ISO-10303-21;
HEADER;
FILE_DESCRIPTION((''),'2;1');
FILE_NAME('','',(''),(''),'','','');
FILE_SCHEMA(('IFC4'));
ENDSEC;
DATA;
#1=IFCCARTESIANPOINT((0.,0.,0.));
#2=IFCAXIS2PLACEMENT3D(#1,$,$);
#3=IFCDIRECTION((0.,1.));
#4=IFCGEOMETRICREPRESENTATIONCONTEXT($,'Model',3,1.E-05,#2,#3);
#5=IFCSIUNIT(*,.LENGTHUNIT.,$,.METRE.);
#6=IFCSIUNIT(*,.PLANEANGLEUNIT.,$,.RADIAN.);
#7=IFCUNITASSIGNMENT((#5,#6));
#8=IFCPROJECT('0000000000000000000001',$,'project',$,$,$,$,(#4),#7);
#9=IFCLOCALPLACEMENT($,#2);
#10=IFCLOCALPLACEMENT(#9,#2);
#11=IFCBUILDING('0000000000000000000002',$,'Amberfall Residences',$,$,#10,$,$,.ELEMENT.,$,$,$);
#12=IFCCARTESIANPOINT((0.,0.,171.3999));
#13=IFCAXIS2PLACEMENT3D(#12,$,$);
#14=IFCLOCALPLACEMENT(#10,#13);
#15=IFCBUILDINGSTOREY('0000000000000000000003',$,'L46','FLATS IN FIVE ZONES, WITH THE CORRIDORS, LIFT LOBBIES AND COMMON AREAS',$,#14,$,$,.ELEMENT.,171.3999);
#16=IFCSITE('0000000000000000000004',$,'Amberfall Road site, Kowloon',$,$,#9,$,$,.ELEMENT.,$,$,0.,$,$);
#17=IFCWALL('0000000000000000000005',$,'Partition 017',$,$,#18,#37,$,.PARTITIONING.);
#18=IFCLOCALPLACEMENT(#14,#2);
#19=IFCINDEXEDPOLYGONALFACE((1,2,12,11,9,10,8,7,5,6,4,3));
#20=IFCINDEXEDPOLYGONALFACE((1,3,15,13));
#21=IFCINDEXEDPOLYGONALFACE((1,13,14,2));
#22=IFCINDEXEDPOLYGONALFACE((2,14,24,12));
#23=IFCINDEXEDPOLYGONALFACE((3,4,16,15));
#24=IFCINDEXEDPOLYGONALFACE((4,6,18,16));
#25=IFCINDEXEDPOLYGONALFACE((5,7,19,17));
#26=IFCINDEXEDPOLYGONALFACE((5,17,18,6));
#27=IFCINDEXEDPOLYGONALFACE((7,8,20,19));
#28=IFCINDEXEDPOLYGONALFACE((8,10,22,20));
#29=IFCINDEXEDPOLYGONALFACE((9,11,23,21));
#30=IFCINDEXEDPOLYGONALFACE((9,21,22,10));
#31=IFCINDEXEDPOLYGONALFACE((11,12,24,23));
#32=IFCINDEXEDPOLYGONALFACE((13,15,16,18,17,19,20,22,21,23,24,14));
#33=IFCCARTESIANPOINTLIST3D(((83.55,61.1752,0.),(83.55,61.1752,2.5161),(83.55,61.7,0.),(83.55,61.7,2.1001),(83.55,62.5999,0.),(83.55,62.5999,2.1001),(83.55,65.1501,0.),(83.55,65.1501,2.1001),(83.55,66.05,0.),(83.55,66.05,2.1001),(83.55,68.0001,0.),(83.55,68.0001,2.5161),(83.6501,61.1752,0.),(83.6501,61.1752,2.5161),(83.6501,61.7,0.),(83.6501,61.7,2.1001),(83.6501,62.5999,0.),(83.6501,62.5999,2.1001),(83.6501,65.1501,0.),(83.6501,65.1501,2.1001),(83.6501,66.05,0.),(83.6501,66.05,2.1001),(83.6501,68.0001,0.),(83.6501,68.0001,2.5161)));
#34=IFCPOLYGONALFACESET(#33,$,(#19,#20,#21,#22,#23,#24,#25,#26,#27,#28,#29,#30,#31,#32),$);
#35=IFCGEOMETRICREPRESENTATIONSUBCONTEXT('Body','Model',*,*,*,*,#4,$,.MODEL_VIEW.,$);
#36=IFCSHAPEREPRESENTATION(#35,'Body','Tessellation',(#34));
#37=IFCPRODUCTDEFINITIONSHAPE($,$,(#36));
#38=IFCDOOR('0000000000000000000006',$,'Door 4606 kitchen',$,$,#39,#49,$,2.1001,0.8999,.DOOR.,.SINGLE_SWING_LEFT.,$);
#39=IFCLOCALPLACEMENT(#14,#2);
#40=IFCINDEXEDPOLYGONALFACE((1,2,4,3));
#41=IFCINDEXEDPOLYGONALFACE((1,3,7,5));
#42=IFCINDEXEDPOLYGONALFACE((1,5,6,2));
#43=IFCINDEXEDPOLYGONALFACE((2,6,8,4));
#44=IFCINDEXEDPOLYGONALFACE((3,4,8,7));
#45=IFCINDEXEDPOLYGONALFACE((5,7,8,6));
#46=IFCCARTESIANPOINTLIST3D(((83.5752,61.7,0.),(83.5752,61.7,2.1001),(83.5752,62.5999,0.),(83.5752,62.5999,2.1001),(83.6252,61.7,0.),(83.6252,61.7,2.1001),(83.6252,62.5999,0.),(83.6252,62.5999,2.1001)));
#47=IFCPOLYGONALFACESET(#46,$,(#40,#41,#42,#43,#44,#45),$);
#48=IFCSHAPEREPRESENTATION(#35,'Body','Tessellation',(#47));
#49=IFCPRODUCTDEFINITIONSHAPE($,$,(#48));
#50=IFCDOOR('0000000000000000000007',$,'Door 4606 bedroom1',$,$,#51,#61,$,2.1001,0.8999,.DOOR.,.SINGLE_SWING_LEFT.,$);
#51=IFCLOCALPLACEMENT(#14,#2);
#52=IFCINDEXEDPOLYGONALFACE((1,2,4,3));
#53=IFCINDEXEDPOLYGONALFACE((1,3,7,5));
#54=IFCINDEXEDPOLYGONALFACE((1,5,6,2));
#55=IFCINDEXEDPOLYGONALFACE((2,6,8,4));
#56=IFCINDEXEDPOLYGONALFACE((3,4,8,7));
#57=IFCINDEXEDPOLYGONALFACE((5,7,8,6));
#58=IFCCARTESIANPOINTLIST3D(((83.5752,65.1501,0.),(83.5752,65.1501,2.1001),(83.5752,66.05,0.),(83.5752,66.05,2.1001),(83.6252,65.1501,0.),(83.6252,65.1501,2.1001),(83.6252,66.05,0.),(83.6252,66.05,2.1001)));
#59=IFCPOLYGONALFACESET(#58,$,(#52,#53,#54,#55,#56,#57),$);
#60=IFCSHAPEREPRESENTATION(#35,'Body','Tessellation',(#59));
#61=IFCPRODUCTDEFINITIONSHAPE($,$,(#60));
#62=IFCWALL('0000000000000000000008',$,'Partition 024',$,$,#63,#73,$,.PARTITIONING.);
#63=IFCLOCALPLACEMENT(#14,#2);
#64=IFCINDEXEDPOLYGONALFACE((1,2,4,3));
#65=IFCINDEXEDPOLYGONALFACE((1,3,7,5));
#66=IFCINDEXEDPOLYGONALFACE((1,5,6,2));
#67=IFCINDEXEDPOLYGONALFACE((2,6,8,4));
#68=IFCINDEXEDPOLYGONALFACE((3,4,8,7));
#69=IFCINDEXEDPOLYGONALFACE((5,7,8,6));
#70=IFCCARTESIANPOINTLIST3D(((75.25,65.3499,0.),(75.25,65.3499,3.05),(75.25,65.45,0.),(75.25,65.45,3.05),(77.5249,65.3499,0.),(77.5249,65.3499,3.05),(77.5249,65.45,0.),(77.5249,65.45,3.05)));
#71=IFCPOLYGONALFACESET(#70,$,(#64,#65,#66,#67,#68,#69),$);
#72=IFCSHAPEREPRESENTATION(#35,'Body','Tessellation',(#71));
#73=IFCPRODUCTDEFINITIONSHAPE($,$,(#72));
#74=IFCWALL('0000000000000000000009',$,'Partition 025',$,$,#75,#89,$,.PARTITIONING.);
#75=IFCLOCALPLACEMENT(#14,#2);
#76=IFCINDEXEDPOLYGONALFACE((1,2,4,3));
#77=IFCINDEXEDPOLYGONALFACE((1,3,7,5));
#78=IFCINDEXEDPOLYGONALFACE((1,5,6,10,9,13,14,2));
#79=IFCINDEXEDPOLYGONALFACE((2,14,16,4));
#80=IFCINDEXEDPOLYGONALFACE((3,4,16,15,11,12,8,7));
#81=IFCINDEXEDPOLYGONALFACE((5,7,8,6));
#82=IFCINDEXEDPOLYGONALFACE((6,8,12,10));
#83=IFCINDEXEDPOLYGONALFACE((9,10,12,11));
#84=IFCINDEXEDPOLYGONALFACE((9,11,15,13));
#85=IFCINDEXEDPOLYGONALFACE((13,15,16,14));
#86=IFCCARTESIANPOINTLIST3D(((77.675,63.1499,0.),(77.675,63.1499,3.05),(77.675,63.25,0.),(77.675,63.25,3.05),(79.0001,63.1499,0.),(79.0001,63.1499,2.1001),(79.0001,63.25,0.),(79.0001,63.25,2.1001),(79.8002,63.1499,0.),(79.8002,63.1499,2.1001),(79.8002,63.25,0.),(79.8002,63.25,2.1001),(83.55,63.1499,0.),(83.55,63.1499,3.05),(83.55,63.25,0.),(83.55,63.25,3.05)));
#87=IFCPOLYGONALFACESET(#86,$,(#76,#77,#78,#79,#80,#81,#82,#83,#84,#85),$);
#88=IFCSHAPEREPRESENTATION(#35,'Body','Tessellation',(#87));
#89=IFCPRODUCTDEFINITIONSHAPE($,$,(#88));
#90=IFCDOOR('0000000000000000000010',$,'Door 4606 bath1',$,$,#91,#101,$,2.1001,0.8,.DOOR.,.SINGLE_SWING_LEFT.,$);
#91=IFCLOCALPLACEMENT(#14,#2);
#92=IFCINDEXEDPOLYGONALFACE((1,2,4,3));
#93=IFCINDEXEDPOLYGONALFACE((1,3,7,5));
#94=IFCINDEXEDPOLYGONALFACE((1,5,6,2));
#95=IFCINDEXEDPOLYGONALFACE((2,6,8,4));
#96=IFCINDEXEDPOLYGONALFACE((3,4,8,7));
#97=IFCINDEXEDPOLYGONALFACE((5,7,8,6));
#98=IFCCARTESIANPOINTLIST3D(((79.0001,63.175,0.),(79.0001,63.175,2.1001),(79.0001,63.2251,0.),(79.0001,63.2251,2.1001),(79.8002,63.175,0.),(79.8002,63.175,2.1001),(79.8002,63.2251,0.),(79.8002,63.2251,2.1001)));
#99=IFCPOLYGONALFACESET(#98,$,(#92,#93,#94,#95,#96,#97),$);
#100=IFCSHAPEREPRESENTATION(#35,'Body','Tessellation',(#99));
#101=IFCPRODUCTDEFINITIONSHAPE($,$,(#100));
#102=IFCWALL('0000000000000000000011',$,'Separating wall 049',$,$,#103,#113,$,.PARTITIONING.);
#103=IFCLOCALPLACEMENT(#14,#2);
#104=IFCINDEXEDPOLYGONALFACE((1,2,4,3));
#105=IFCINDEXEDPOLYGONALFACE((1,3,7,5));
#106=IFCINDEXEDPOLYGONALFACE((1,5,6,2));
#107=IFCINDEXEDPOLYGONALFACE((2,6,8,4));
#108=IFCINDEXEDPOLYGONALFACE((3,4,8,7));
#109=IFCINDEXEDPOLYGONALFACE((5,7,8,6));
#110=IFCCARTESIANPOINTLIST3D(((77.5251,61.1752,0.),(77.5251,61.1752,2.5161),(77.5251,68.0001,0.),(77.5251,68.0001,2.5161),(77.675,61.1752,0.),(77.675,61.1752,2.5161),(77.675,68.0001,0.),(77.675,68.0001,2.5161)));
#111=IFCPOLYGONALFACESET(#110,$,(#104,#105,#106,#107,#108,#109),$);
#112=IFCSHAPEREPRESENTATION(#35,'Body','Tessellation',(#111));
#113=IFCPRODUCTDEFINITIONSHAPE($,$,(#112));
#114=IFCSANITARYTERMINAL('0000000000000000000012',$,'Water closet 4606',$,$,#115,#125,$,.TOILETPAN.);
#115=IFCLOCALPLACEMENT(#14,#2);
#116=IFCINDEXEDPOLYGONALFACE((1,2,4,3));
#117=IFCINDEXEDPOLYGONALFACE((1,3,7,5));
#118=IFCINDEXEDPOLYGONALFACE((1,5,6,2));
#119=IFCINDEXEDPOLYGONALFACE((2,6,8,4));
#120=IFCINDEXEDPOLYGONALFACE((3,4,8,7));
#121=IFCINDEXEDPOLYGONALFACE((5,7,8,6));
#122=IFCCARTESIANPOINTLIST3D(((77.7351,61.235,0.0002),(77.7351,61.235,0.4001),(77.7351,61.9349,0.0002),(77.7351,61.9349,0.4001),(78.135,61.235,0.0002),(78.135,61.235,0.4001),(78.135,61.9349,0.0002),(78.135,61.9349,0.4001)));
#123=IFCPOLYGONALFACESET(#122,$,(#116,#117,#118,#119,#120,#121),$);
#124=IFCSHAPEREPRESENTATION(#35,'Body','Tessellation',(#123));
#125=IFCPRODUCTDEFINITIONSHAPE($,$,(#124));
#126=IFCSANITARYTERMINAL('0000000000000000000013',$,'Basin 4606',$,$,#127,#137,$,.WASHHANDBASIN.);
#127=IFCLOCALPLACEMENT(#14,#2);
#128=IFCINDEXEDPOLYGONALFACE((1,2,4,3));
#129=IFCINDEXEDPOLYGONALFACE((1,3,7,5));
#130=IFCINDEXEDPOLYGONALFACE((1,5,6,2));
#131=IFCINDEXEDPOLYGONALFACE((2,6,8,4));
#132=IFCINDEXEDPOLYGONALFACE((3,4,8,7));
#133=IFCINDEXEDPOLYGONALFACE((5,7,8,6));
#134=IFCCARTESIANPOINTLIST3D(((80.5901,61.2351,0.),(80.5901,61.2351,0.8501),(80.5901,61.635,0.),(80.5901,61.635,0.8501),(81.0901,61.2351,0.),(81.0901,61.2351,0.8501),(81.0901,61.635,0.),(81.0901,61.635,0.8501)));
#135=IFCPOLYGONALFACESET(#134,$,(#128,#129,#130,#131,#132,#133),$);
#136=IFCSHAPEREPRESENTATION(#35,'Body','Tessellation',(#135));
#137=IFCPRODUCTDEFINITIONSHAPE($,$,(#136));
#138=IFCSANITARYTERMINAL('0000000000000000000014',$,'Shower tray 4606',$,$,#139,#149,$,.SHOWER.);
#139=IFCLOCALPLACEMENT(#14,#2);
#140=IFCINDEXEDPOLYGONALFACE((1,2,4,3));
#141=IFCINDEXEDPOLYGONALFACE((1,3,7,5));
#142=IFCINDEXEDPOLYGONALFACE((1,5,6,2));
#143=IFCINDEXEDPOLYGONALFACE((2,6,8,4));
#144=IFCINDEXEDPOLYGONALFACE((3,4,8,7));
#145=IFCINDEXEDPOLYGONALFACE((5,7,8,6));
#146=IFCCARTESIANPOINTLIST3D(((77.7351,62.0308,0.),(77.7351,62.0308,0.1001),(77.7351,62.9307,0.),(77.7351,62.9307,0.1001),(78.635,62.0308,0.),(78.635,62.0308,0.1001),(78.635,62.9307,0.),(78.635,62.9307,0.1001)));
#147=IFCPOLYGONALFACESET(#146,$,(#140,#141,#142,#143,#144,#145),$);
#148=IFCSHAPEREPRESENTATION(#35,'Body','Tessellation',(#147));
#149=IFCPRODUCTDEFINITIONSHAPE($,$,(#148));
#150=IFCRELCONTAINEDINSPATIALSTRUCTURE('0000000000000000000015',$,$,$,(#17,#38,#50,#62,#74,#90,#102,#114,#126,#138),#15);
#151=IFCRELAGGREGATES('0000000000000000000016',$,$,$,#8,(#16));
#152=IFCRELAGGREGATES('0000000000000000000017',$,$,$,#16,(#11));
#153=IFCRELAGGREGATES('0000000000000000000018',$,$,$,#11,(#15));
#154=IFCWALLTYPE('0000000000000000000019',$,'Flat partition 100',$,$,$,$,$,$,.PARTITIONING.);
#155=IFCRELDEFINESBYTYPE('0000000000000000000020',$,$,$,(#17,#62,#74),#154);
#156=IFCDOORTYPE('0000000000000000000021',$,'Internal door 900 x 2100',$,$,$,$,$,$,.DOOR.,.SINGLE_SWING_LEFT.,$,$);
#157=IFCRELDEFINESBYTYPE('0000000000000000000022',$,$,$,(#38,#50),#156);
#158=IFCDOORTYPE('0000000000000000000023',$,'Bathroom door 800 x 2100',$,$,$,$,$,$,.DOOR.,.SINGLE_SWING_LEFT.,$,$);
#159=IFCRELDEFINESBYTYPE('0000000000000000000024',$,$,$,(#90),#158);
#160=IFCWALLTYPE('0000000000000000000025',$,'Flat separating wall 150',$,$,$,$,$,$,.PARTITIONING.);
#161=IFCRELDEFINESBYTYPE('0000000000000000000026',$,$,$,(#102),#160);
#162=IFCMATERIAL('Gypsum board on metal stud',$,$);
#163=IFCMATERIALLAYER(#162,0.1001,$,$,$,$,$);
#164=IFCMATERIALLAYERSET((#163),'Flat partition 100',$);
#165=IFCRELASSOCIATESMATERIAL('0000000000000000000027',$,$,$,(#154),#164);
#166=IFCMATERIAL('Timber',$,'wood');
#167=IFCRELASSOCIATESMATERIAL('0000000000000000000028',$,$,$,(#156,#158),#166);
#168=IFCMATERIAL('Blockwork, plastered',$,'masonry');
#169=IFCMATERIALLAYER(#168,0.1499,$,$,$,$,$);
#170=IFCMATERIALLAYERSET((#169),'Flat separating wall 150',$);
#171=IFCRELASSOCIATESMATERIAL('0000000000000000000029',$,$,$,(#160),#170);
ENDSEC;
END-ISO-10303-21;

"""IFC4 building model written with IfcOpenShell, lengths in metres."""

from ifc_helpers import new_model, si_unit, direction, frame, frame_2d, origin, origin_2d, place, context, subcontext, project, spatial, rectangle, extrude, material, layer, layer_set, type_object, element, fill, save


model = new_model("IFC4")

# Units and contexts
model_context = context("Model", 3, precision=1e-05, world=origin(), true_north=direction((0.0, 1.0)))
body_context = subcontext(model_context, "Body", "Model", "MODEL_VIEW")
ifc_project = project(units=[si_unit("LENGTHUNIT", "METRE"), si_unit("PLANEANGLEUNIT", "RADIAN")], contexts=[model_context])

# Site, building, storey
site_placement = place(None, origin())
site = spatial("IfcSite", under=ifc_project, at=site_placement, Name="Amberfall Road site, Kowloon", CompositionType="ELEMENT", RefElevation=0.0)
building_placement = place(site_placement, origin())
building = spatial("IfcBuilding", under=site, at=building_placement, Name="Amberfall Residences", CompositionType="ELEMENT")
storey_placement = place(building_placement, frame((0.0, 0.0, 171.3999)))
storey = spatial("IfcBuildingStorey", under=building, at=storey_placement, Name="L46", Description="FLATS IN FIVE ZONES, WITH THE CORRIDORS, LIFT LOBBIES AND COMMON AREAS", CompositionType="ELEMENT", Elevation=171.3999)

# Shared definitions
ifc_material_1 = material(Name="Gypsum board on metal stud")
ifc_layer_1 = layer(ifc_material_1, 0.1001)
ifc_layer_set_1 = layer_set([ifc_layer_1], Name="Flat partition 100")
wall_type_1 = type_object("IfcWallType", Name="Flat partition 100", PredefinedType="PARTITIONING", material=ifc_layer_set_1)

# Wall, openings, doors
wall_1_placement = place(storey_placement, frame((83.6001, 61.175, 0.0), z_axis=(0.0, 0.0, 1.0), x_axis=(0.0, 1.0, 0.0)))
wall_1 = element("IfcWall", 1, at=wall_1_placement, inside=storey, type_object=wall_type_1, Name="Partition 017", PredefinedType="PARTITIONING", context=body_context, shape_type="SweptSolid", body=[
    extrude(rectangle(XDim=6.825, YDim=0.1001, at=frame_2d((3.4126, 0.0))), origin(), (0.0, 0.0, 1.0), 2.5161),
])
opening_1_placement = place(wall_1_placement, frame((0.5249, 0.0, 0.0)))
opening_1 = element("IfcOpeningElement", 2, at=opening_1_placement, cuts=wall_1, PredefinedType="OPENING", context=body_context, shape_type="SweptSolid", body=[
    extrude(rectangle(XDim=0.8999, YDim=2.1001, at=frame_2d((0.45, 1.05))), frame((0.0, 0.0601, 0.0), z_axis=(0.0, -1.0, 0.0), x_axis=(1.0, 0.0, 0.0)), (0.0, 0.0, 1.0), 0.1201),
])
opening_2_placement = place(wall_1_placement, frame((3.9751, 0.0, 0.0)))
opening_2 = element("IfcOpeningElement", 3, at=opening_2_placement, cuts=wall_1, PredefinedType="OPENING", context=body_context, shape_type="SweptSolid", body=[
    extrude(rectangle(XDim=0.8999, YDim=2.1001, at=frame_2d((0.45, 1.05))), frame((0.0, 0.0601, 0.0), z_axis=(0.0, -1.0, 0.0), x_axis=(1.0, 0.0, 0.0)), (0.0, 0.0, 1.0), 0.1201),
])
ifc_material_2 = material(Name="Timber", Category="wood")
door_type_1 = type_object("IfcDoorType", Name="Internal door 900 x 2100", OperationType="SINGLE_SWING_LEFT", PredefinedType="DOOR", material=ifc_material_2)
door_1_placement = place(opening_1_placement, origin())
door_1 = element("IfcDoor", 4, at=door_1_placement, inside=storey, type_object=door_type_1, Name="Door 4606 kitchen", OperationType="SINGLE_SWING_LEFT", OverallHeight=2.1001, OverallWidth=0.8999, PredefinedType="DOOR", context=body_context, shape_type="SweptSolid", body=[
    extrude(rectangle(XDim=0.8999, YDim=2.1001, at=frame_2d((0.45, 1.05))), frame((0.0, 0.0249, 0.0), z_axis=(0.0, -1.0, 0.0), x_axis=(1.0, 0.0, 0.0)), (0.0, 0.0, 1.0), 0.05),
])
fill(opening_1, door_1)
door_2_placement = place(opening_2_placement, origin())
door_2 = element("IfcDoor", 5, at=door_2_placement, inside=storey, type_object=door_type_1, Name="Door 4606 bedroom1", OperationType="SINGLE_SWING_LEFT", OverallHeight=2.1001, OverallWidth=0.8999, PredefinedType="DOOR", context=body_context, shape_type="SweptSolid", body=[
    extrude(rectangle(XDim=0.8999, YDim=2.1001, at=frame_2d((0.45, 1.05))), frame((0.0, 0.0249, 0.0), z_axis=(0.0, -1.0, 0.0), x_axis=(1.0, 0.0, 0.0)), (0.0, 0.0, 1.0), 0.05),
])
fill(opening_2, door_2)

# Wall
wall_2_placement = place(storey_placement, frame((75.25, 65.3999, 0.0), z_axis=(0.0, 0.0, 1.0), x_axis=(1.0, 0.0, 0.0)))
element("IfcWall", 6, at=wall_2_placement, inside=storey, type_object=wall_type_1, Name="Partition 024", PredefinedType="PARTITIONING", context=body_context, shape_type="SweptSolid", body=[
    extrude(rectangle(XDim=2.2749, YDim=0.1001, at=frame_2d((1.1375, 0.0))), origin(), (0.0, 0.0, 1.0), 3.05),
])

# Wall, opening, door
wall_3_placement = place(storey_placement, frame((83.55, 63.2, 0.0), z_axis=(0.0, 0.0, 1.0), x_axis=(-1.0, 0.0, 0.0)))
wall_3 = element("IfcWall", 7, at=wall_3_placement, inside=storey, type_object=wall_type_1, Name="Partition 025", PredefinedType="PARTITIONING", context=body_context, shape_type="SweptSolid", body=[
    extrude(rectangle(XDim=5.875, YDim=0.1001, at=frame_2d((2.9375, 0.0))), origin(), (0.0, 0.0, 1.0), 3.05),
])
opening_3_placement = place(wall_3_placement, frame((3.75, 0.0, 0.0)))
opening_3 = element("IfcOpeningElement", 8, at=opening_3_placement, cuts=wall_3, PredefinedType="OPENING", context=body_context, shape_type="SweptSolid", body=[
    extrude(rectangle(XDim=0.8, YDim=2.1001, at=frame_2d((0.3999, 1.05))), frame((0.0, 0.0601, 0.0), z_axis=(0.0, -1.0, 0.0), x_axis=(1.0, 0.0, 0.0)), (0.0, 0.0, 1.0), 0.1201),
])
door_type_2 = type_object("IfcDoorType", Name="Bathroom door 800 x 2100", OperationType="SINGLE_SWING_LEFT", PredefinedType="DOOR", material=ifc_material_2)
door_3_placement = place(opening_3_placement, origin())
door_3 = element("IfcDoor", 9, at=door_3_placement, inside=storey, type_object=door_type_2, Name="Door 4606 bath1", OperationType="SINGLE_SWING_LEFT", OverallHeight=2.1001, OverallWidth=0.8, PredefinedType="DOOR", context=body_context, shape_type="SweptSolid", body=[
    extrude(rectangle(XDim=0.8, YDim=2.1001, at=frame_2d((0.3999, 1.05))), frame((0.0, 0.0249, 0.0), z_axis=(0.0, -1.0, 0.0), x_axis=(1.0, 0.0, 0.0)), (0.0, 0.0, 1.0), 0.05),
])
fill(opening_3, door_3)

# Wall
ifc_material_3 = material(Name="Blockwork, plastered", Category="masonry")
ifc_layer_2 = layer(ifc_material_3, 0.1499)
ifc_layer_set_2 = layer_set([ifc_layer_2], Name="Flat separating wall 150")
wall_type_2 = type_object("IfcWallType", Name="Flat separating wall 150", PredefinedType="PARTITIONING", material=ifc_layer_set_2)
wall_4_placement = place(storey_placement, frame((77.6001, 61.175, 0.0), z_axis=(0.0, 0.0, 1.0), x_axis=(0.0, 1.0, 0.0)))
element("IfcWall", 10, at=wall_4_placement, inside=storey, type_object=wall_type_2, Name="Separating wall 049", PredefinedType="PARTITIONING", context=body_context, shape_type="SweptSolid", body=[
    extrude(rectangle(XDim=6.825, YDim=0.1499, at=frame_2d((3.4126, 0.0))), origin(), (0.0, 0.0, 1.0), 2.5161),
])

# Sanitary terminals
sanitary_terminal_1_placement = place(storey_placement, frame((77.9351, 61.585, 0.0002), z_axis=(0.0, 0.0, 1.0), x_axis=(1.0, 0.0, 0.0)))
element("IfcSanitaryTerminal", 11, at=sanitary_terminal_1_placement, inside=storey, Name="Water closet 4606", PredefinedType="TOILETPAN", context=body_context, shape_type="SweptSolid", body=[
    extrude(rectangle(XDim=0.3999, YDim=0.7, at=origin_2d()), origin(), (0.0, 0.0, 1.0), 0.3999),
])
sanitary_terminal_2_placement = place(storey_placement, frame((80.8401, 61.4351, 0.0), z_axis=(0.0, 0.0, 1.0), x_axis=(1.0, 0.0, 0.0)))
element("IfcSanitaryTerminal", 12, at=sanitary_terminal_2_placement, inside=storey, Name="Basin 4606", PredefinedType="WASHHANDBASIN", context=body_context, shape_type="SweptSolid", body=[
    extrude(rectangle(XDim=0.5, YDim=0.3999, at=origin_2d()), origin(), (0.0, 0.0, 1.0), 0.8501),
])
sanitary_terminal_3_placement = place(storey_placement, frame((78.1851, 62.4807, 0.0), z_axis=(0.0, 0.0, 1.0), x_axis=(1.0, 0.0, 0.0)))
element("IfcSanitaryTerminal", 13, at=sanitary_terminal_3_placement, inside=storey, Name="Shower tray 4606", PredefinedType="SHOWER", context=body_context, shape_type="SweptSolid", body=[
    extrude(rectangle(XDim=0.8999, YDim=0.8999, at=origin_2d()), origin(), (0.0, 0.0, 1.0), 0.1001),
])

save(model, "model.ifc")
